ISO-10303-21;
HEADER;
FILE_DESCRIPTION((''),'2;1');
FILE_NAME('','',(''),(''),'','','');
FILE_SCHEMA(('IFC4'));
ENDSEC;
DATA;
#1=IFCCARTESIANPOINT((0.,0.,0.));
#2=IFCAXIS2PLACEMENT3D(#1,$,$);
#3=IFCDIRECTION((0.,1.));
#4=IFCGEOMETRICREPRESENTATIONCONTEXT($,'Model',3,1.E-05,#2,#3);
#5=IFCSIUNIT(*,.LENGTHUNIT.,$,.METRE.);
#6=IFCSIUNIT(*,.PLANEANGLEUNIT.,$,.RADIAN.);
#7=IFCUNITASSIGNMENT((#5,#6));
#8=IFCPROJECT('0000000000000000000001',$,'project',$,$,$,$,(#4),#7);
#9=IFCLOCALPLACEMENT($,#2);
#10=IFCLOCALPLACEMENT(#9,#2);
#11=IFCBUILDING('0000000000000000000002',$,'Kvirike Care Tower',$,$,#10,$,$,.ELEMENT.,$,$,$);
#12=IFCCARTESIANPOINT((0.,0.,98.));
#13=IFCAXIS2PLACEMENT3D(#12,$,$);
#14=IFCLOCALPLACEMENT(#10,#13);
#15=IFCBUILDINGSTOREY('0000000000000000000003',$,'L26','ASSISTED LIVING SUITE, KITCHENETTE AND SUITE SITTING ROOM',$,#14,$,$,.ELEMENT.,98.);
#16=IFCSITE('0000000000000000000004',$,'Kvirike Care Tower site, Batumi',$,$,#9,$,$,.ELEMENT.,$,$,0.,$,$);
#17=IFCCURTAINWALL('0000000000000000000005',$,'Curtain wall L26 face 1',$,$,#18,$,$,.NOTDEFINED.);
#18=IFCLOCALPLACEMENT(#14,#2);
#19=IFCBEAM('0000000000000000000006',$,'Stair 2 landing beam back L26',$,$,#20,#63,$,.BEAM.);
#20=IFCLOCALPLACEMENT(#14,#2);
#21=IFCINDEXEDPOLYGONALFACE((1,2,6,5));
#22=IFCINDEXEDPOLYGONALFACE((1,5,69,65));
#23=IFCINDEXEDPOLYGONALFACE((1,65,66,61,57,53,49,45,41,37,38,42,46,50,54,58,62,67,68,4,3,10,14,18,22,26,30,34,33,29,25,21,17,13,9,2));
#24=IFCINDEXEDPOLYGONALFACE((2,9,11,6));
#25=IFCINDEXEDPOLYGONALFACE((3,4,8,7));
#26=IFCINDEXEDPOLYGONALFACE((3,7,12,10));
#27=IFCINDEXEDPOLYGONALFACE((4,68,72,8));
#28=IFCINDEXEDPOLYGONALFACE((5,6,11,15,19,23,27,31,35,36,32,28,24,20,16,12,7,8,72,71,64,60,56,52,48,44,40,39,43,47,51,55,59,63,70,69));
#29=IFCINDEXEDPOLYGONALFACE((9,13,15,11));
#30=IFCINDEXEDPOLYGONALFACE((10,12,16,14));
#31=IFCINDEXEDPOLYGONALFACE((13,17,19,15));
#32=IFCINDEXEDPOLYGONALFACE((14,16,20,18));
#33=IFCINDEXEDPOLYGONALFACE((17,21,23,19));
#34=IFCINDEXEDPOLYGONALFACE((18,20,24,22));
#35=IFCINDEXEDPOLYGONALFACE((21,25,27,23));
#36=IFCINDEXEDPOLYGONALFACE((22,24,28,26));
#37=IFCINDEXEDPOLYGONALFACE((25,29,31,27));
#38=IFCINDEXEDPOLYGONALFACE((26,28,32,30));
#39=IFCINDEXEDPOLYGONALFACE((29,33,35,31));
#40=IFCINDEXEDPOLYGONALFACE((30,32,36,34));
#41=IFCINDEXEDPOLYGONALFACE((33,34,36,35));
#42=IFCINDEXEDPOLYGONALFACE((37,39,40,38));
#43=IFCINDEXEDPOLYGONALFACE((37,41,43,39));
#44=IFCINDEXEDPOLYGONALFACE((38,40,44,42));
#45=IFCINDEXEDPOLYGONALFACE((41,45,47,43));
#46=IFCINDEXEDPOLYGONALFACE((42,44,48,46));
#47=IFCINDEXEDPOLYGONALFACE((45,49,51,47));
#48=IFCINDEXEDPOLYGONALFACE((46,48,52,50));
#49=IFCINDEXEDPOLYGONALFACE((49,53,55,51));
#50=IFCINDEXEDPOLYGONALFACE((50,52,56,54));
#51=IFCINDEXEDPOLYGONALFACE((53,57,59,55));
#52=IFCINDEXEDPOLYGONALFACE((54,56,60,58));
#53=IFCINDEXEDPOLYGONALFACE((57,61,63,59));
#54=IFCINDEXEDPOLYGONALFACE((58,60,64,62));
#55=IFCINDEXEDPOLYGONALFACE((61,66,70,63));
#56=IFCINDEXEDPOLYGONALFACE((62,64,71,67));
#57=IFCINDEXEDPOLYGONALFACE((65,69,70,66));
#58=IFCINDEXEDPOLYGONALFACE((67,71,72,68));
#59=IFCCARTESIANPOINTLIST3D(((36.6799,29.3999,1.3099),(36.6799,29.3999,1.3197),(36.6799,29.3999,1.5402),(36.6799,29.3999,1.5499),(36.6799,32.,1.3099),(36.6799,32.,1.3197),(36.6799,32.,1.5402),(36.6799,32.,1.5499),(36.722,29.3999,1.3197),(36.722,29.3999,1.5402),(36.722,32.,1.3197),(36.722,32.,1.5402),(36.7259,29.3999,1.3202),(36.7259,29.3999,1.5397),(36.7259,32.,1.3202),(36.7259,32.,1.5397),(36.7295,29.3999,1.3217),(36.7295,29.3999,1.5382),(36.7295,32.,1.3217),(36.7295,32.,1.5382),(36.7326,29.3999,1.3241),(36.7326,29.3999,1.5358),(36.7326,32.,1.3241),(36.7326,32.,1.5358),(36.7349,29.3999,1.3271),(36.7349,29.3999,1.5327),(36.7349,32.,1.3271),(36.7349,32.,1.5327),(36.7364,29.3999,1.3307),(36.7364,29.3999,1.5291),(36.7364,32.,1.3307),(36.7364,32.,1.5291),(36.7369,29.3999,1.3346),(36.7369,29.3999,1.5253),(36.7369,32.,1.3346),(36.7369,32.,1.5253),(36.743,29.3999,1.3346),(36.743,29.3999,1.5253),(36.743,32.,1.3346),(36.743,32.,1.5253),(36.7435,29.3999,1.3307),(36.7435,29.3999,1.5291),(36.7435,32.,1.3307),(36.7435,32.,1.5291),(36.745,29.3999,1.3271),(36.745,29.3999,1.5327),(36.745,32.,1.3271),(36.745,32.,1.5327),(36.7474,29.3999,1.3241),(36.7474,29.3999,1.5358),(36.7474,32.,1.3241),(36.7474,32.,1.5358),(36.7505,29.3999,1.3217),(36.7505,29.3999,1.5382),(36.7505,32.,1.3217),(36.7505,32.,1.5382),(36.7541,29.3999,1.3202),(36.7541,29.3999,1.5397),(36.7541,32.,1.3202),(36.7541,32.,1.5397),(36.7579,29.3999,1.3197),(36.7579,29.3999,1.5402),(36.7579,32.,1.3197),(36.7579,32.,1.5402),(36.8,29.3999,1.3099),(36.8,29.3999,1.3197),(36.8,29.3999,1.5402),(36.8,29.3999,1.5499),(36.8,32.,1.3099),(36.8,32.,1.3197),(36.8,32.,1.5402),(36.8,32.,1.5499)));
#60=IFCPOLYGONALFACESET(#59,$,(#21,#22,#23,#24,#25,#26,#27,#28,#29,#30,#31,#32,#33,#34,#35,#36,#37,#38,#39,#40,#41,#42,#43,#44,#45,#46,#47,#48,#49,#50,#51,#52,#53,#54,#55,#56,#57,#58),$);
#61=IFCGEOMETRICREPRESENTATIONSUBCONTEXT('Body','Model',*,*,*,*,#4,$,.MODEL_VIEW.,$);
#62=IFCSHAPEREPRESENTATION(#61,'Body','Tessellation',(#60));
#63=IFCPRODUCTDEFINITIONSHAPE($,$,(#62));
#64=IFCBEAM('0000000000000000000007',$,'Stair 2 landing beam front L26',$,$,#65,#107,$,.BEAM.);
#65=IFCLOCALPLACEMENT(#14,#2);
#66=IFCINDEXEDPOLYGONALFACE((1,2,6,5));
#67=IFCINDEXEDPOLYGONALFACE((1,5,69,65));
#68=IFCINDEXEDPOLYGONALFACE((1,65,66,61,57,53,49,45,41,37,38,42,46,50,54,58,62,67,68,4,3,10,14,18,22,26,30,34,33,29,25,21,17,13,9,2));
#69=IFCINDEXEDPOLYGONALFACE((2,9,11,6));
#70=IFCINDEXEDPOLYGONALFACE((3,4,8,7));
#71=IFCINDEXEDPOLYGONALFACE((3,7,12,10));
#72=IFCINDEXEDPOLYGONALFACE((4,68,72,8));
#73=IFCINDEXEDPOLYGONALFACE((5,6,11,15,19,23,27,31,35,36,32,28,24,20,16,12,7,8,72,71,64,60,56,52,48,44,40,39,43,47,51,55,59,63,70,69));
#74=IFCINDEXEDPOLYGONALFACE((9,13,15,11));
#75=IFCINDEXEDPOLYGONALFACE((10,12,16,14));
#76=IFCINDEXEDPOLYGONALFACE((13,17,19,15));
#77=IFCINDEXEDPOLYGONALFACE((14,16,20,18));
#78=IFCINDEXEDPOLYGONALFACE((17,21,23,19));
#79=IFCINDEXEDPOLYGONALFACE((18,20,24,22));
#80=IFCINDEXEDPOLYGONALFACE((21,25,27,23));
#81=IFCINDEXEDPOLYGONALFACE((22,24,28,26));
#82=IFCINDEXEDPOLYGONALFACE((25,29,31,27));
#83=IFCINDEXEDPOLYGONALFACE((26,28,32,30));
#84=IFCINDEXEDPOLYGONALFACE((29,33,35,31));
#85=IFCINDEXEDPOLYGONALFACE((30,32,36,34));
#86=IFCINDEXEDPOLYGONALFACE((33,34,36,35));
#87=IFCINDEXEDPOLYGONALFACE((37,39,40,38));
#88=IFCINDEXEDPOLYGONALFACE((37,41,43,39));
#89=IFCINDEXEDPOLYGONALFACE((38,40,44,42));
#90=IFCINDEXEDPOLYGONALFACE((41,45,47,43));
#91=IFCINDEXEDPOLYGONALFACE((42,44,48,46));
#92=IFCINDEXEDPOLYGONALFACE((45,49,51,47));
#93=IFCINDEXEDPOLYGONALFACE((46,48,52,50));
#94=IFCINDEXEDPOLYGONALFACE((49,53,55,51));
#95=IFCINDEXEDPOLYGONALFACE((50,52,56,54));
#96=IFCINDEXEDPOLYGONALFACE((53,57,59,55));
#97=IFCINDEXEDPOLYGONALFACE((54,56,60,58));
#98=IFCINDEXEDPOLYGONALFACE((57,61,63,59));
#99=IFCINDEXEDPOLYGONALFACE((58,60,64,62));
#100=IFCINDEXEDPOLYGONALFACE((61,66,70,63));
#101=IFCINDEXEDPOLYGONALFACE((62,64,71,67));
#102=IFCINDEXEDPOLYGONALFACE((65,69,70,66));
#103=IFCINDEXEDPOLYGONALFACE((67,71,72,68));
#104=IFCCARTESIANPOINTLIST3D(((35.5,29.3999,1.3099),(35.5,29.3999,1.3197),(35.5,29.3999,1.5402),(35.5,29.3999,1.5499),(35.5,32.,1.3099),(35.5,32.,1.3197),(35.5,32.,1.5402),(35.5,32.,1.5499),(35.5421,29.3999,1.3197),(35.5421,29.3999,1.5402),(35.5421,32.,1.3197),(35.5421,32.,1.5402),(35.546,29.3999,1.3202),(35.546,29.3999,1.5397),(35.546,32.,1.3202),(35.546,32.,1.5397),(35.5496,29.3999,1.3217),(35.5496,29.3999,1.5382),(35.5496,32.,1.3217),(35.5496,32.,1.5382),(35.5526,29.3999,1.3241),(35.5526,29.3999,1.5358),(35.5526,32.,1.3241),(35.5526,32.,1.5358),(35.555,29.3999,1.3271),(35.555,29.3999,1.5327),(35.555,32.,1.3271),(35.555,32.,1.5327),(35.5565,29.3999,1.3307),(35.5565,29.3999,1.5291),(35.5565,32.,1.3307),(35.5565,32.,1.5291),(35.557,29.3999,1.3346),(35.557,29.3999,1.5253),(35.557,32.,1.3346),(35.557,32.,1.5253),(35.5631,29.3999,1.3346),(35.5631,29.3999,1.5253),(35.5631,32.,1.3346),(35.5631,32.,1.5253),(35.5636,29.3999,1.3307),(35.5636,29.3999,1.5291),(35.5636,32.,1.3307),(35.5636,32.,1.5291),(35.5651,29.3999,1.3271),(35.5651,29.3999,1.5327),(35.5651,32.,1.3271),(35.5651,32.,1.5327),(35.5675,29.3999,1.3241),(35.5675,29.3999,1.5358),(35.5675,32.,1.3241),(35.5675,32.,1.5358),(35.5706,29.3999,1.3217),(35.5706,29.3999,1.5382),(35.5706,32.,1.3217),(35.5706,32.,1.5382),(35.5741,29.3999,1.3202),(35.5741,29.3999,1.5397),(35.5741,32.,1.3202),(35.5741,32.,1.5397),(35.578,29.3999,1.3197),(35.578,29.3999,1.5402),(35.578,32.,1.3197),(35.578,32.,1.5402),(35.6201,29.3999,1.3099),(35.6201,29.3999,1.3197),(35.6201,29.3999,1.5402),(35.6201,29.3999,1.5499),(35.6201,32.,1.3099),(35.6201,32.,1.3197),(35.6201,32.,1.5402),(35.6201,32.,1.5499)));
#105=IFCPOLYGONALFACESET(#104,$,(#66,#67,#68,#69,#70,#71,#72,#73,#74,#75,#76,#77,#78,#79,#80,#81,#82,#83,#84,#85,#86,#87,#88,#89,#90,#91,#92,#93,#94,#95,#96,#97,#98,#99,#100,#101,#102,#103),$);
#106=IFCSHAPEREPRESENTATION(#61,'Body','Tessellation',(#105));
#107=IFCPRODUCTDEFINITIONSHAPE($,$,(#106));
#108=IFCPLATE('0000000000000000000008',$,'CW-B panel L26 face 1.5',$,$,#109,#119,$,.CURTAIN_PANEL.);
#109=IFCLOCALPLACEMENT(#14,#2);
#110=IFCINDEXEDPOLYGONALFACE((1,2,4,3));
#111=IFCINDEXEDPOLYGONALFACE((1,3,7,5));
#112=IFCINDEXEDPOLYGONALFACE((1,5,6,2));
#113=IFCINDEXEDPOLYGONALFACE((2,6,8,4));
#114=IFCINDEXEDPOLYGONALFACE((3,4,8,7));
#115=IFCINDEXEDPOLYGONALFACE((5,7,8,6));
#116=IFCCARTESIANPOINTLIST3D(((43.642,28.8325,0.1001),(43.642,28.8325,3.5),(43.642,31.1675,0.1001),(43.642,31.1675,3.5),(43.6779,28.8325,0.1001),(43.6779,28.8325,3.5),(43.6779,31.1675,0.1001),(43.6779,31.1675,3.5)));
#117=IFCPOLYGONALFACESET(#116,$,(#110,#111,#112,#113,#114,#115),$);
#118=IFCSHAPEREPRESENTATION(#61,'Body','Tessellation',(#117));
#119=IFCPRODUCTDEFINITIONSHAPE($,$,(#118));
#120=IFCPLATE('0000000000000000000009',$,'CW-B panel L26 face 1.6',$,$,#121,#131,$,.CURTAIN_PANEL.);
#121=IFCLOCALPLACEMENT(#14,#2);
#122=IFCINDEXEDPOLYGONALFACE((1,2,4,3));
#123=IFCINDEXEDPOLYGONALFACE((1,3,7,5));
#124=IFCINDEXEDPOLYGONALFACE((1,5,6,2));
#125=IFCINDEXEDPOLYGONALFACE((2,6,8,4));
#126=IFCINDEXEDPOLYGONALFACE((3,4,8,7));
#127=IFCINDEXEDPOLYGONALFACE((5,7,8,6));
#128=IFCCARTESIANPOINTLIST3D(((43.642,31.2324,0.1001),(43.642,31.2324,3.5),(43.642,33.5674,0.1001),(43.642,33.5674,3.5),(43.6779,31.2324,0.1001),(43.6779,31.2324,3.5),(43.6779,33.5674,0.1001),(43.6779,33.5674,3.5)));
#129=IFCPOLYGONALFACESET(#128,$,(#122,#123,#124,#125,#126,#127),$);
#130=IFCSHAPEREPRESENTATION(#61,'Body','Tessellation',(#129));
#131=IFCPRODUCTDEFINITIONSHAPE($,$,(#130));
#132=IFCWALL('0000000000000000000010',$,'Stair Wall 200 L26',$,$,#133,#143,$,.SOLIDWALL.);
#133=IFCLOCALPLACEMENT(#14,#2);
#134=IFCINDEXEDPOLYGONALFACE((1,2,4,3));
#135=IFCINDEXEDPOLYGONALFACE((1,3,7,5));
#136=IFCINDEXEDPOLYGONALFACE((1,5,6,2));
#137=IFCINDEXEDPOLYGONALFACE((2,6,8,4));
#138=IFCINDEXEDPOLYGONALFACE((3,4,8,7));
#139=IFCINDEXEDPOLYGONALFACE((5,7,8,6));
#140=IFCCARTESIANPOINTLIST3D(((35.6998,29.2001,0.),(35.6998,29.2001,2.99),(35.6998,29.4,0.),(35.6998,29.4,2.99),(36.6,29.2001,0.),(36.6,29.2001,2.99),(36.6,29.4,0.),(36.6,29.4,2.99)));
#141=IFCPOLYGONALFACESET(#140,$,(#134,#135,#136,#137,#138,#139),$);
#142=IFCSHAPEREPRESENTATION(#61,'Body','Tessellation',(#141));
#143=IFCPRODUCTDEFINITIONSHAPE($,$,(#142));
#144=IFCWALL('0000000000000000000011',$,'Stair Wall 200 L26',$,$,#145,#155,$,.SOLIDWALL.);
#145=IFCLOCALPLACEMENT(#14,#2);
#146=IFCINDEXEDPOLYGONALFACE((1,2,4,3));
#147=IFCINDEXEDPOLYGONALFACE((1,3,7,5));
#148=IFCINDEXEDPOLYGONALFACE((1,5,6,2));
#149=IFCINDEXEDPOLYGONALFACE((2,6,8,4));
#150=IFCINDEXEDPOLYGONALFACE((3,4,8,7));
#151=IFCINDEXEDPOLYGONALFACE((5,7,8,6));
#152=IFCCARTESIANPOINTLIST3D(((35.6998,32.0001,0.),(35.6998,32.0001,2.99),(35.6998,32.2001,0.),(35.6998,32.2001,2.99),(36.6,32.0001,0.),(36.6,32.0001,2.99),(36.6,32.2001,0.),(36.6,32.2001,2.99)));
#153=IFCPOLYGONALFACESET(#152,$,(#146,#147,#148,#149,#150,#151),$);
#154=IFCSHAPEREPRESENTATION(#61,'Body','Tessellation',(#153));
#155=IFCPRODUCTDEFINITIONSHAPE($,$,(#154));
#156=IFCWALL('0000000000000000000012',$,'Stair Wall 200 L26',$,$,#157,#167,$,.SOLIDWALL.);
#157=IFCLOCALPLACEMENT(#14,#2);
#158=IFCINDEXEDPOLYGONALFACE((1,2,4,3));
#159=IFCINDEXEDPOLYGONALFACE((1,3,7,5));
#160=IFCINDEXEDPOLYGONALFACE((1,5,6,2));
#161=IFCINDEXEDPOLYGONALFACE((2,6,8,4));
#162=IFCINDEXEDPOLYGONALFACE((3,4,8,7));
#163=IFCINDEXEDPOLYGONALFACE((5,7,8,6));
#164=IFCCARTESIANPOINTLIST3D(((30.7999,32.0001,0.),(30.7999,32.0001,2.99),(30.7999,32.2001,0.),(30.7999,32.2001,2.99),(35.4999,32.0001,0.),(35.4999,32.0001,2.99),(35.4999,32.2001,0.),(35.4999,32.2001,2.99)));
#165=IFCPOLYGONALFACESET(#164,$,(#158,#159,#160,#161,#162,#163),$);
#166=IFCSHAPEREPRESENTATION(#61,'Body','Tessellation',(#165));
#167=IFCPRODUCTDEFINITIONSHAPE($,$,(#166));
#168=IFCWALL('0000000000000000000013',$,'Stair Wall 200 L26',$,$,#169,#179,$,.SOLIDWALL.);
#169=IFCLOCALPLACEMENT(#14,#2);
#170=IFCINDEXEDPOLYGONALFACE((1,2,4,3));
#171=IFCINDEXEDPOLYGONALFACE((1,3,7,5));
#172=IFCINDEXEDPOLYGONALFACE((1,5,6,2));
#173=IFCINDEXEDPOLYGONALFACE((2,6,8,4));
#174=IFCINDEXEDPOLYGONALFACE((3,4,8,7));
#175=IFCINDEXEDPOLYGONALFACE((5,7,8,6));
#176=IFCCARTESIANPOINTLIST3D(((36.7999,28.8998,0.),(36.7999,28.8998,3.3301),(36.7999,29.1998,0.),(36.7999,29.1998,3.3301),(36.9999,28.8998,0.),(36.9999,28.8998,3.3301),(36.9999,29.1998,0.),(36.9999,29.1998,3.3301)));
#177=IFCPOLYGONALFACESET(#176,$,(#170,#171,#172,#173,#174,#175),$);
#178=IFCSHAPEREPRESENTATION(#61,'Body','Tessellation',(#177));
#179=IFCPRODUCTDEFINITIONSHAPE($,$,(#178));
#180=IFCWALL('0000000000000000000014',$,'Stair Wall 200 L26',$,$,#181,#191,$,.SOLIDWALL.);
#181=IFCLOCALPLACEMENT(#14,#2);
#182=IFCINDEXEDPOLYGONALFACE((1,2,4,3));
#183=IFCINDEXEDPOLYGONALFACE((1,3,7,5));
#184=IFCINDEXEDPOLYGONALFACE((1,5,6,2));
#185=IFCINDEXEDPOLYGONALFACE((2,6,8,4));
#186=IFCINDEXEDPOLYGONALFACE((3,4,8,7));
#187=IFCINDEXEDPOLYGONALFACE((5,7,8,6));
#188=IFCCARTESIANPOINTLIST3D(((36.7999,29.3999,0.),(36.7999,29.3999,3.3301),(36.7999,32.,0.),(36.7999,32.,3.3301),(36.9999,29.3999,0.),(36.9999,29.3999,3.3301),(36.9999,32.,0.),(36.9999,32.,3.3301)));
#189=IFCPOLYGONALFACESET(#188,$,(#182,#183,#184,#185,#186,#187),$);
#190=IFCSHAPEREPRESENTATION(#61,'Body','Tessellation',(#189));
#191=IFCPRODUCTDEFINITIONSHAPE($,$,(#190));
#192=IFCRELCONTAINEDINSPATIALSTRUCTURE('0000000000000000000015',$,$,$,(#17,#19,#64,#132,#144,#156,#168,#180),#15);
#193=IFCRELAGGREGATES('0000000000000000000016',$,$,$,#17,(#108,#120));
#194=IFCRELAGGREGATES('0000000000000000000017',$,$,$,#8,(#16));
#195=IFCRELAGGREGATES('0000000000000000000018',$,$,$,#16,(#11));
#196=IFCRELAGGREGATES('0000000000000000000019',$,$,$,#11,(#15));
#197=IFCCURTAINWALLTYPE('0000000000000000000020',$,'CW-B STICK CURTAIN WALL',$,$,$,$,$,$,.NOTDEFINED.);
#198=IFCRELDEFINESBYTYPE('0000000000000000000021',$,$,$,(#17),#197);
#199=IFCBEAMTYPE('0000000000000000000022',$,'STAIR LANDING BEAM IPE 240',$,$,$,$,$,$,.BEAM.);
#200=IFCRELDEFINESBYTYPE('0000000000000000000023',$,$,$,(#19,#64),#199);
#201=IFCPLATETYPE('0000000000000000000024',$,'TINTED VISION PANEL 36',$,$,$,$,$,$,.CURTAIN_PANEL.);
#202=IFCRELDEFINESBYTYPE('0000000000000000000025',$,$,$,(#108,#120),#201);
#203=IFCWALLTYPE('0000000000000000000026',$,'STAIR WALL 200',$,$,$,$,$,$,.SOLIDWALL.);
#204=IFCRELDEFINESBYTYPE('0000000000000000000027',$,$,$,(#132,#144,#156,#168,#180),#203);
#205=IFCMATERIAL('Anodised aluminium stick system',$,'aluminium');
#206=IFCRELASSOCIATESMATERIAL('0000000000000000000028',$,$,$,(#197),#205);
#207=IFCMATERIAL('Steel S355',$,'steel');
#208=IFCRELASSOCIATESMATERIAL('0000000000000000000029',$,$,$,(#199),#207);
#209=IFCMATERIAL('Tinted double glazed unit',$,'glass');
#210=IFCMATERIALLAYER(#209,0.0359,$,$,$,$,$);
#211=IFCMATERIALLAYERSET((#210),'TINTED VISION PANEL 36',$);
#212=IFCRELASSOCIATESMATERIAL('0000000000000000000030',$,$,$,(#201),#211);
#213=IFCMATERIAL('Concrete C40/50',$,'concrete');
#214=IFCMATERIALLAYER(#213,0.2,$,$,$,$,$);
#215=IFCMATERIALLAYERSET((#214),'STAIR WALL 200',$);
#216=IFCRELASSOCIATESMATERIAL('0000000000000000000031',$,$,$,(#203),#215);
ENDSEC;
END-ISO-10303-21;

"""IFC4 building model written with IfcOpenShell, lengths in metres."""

from ifc_helpers import new_model, si_unit, direction, frame, frame_2d, origin, origin_2d, place, context, subcontext, project, spatial, rectangle, i_section, extrude, material, layer, layer_set, material_profile, profile_set, type_object, element, aggregate, save


model = new_model("IFC4")

# Units and contexts
model_context = context("Model", 3, precision=1e-05, world=origin(), true_north=direction((0.0, 1.0)))
body_context = subcontext(model_context, "Body", "Model", "MODEL_VIEW")
ifc_project = project(units=[si_unit("LENGTHUNIT", "METRE"), si_unit("PLANEANGLEUNIT", "RADIAN")], contexts=[model_context])

# Site, building, storey
site_placement = place(None, origin())
site = spatial("IfcSite", under=ifc_project, at=site_placement, Name="Kvirike Care Tower site, Batumi", CompositionType="ELEMENT", RefElevation=0.0)
building_placement = place(site_placement, origin())
building = spatial("IfcBuilding", under=site, at=building_placement, Name="Kvirike Care Tower", CompositionType="ELEMENT")
storey_placement = place(building_placement, frame((0.0, 0.0, 98.0)))
storey = spatial("IfcBuildingStorey", under=building, at=storey_placement, Name="L26", Description="ASSISTED LIVING SUITE, KITCHENETTE AND SUITE SITTING ROOM", CompositionType="ELEMENT", Elevation=98.0)

# Curtain wall
ifc_material_1 = material(Name="Anodised aluminium stick system", Category="aluminium")
curtain_wall_type = type_object("IfcCurtainWallType", Name="CW-B STICK CURTAIN WALL", PredefinedType="NOTDEFINED", material=ifc_material_1)
curtain_wall_placement = place(storey_placement, origin())
curtain_wall = element("IfcCurtainWall", 1, at=curtain_wall_placement, inside=storey, type_object=curtain_wall_type, Name="Curtain wall L26 face 1", PredefinedType="NOTDEFINED")

# Beams
ifc_material_2 = material(Name="Steel S355", Category="steel")
ifc_material_profile_1 = material_profile(ifc_material_2, i_section(OverallWidth=0.1201, OverallDepth=0.24, WebThickness=0.0061, FlangeThickness=0.0098, FilletRadius=0.0149, at=origin_2d()), Name="IPE 240")
ifc_profile_set_1 = profile_set([ifc_material_profile_1], Name="Steel S355")
beam_type = type_object("IfcBeamType", Name="STAIR LANDING BEAM IPE 240", PredefinedType="BEAM", material=ifc_profile_set_1)
for number, where, z_axis, x_axis, name in (
    (2, (36.74, 29.3999, 1.4299), (0.0, 1.0, 0.0), (-1.0, 0.0, 0.0), "Stair 2 landing beam back L26"),
    (3, (35.5601, 29.3999, 1.4299), (0.0, 1.0, 0.0), (-1.0, 0.0, 0.0), "Stair 2 landing beam front L26"),
):
    element("IfcBeam", number, at=place(storey_placement, frame(where, z_axis=z_axis, x_axis=x_axis)), inside=storey, type_object=beam_type, Name=name, PredefinedType="BEAM", context=body_context, shape_type="SweptSolid", body=[
        extrude(i_section(OverallWidth=0.1201, OverallDepth=0.24, WebThickness=0.0061, FlangeThickness=0.0098, FilletRadius=0.0149, at=origin_2d()), origin(), (0.0, 0.0, 1.0), 2.6001),
    ])

# Plates
ifc_material_3 = material(Name="Tinted double glazed unit", Category="glass")
ifc_layer_1 = layer(ifc_material_3, 0.0359)
ifc_layer_set_1 = layer_set([ifc_layer_1], Name="TINTED VISION PANEL 36")
plate_type = type_object("IfcPlateType", Name="TINTED VISION PANEL 36", PredefinedType="CURTAIN_PANEL", material=ifc_layer_set_1)
plate_1_placement = place(storey_placement, frame((43.6599, 30.0, 0.1001), z_axis=(0.0, 0.0, 1.0), x_axis=(0.0, 1.0, 0.0)))
plate_1 = element("IfcPlate", 4, at=plate_1_placement, type_object=plate_type, Name="CW-B panel L26 face 1.5", PredefinedType="CURTAIN_PANEL", context=body_context, shape_type="SweptSolid", body=[
    extrude(rectangle(XDim=2.335, YDim=0.0359, at=origin_2d()), origin(), (0.0, 0.0, 1.0), 3.3999),
])
plate_2_placement = place(storey_placement, frame((43.6599, 32.3999, 0.1001), z_axis=(0.0, 0.0, 1.0), x_axis=(0.0, 1.0, 0.0)))
plate_2 = element("IfcPlate", 5, at=plate_2_placement, type_object=plate_type, Name="CW-B panel L26 face 1.6", PredefinedType="CURTAIN_PANEL", context=body_context, shape_type="SweptSolid", body=[
    extrude(rectangle(XDim=2.335, YDim=0.0359, at=origin_2d()), origin(), (0.0, 0.0, 1.0), 3.3999),
])
aggregate(curtain_wall, [plate_1, plate_2])

# Walls
ifc_material_4 = material(Name="Concrete C40/50", Category="concrete")
ifc_layer_2 = layer(ifc_material_4, 0.2)
ifc_layer_set_2 = layer_set([ifc_layer_2], Name="STAIR WALL 200")
wall_type = type_object("IfcWallType", Name="STAIR WALL 200", PredefinedType="SOLIDWALL", material=ifc_layer_set_2)
for number, where, z_axis, x_axis, name in (
    (6, (36.6001, 29.3, 0.0), (0.0, 0.0, 1.0), (-1.0, 0.0, 0.0), "Stair Wall 200 L26"),
    (7, (36.6001, 32.1001, 0.0), (0.0, 0.0, 1.0), (-1.0, 0.0, 0.0), "Stair Wall 200 L26"),
):
    element("IfcWall", number, at=place(storey_placement, frame(where, z_axis=z_axis, x_axis=x_axis)), inside=storey, type_object=wall_type, Name=name, PredefinedType="SOLIDWALL", context=body_context, shape_type="SweptSolid", body=[
        extrude(rectangle(XDim=0.9001, YDim=0.2, at=frame_2d((0.4502, 0.0))), origin(), (0.0, 0.0, 1.0), 2.99),
    ])
wall_1_placement = place(storey_placement, frame((35.5, 32.1001, 0.0), z_axis=(0.0, 0.0, 1.0), x_axis=(-1.0, 0.0, 0.0)))
element("IfcWall", 8, at=wall_1_placement, inside=storey, type_object=wall_type, Name="Stair Wall 200 L26", PredefinedType="SOLIDWALL", context=body_context, shape_type="SweptSolid", body=[
    extrude(rectangle(XDim=4.7, YDim=0.2, at=frame_2d((2.3501, 0.0))), origin(), (0.0, 0.0, 1.0), 2.99),
])
wall_2_placement = place(storey_placement, frame((36.8999, 28.8999, 0.0), z_axis=(0.0, 0.0, 1.0), x_axis=(0.0, 1.0, 0.0)))
element("IfcWall", 9, at=wall_2_placement, inside=storey, type_object=wall_type, Name="Stair Wall 200 L26", PredefinedType="SOLIDWALL", context=body_context, shape_type="SweptSolid", body=[
    extrude(rectangle(XDim=0.3, YDim=0.2, at=frame_2d((0.1499, 0.0))), origin(), (0.0, 0.0, 1.0), 3.3301),
])
wall_3_placement = place(storey_placement, frame((36.8999, 29.3999, 0.0), z_axis=(0.0, 0.0, 1.0), x_axis=(0.0, 1.0, 0.0)))
element("IfcWall", 10, at=wall_3_placement, inside=storey, type_object=wall_type, Name="Stair Wall 200 L26", PredefinedType="SOLIDWALL", context=body_context, shape_type="SweptSolid", body=[
    extrude(rectangle(XDim=2.6001, YDim=0.2, at=frame_2d((1.3, 0.0))), origin(), (0.0, 0.0, 1.0), 3.3301),
])

save(model, "model.ifc")
